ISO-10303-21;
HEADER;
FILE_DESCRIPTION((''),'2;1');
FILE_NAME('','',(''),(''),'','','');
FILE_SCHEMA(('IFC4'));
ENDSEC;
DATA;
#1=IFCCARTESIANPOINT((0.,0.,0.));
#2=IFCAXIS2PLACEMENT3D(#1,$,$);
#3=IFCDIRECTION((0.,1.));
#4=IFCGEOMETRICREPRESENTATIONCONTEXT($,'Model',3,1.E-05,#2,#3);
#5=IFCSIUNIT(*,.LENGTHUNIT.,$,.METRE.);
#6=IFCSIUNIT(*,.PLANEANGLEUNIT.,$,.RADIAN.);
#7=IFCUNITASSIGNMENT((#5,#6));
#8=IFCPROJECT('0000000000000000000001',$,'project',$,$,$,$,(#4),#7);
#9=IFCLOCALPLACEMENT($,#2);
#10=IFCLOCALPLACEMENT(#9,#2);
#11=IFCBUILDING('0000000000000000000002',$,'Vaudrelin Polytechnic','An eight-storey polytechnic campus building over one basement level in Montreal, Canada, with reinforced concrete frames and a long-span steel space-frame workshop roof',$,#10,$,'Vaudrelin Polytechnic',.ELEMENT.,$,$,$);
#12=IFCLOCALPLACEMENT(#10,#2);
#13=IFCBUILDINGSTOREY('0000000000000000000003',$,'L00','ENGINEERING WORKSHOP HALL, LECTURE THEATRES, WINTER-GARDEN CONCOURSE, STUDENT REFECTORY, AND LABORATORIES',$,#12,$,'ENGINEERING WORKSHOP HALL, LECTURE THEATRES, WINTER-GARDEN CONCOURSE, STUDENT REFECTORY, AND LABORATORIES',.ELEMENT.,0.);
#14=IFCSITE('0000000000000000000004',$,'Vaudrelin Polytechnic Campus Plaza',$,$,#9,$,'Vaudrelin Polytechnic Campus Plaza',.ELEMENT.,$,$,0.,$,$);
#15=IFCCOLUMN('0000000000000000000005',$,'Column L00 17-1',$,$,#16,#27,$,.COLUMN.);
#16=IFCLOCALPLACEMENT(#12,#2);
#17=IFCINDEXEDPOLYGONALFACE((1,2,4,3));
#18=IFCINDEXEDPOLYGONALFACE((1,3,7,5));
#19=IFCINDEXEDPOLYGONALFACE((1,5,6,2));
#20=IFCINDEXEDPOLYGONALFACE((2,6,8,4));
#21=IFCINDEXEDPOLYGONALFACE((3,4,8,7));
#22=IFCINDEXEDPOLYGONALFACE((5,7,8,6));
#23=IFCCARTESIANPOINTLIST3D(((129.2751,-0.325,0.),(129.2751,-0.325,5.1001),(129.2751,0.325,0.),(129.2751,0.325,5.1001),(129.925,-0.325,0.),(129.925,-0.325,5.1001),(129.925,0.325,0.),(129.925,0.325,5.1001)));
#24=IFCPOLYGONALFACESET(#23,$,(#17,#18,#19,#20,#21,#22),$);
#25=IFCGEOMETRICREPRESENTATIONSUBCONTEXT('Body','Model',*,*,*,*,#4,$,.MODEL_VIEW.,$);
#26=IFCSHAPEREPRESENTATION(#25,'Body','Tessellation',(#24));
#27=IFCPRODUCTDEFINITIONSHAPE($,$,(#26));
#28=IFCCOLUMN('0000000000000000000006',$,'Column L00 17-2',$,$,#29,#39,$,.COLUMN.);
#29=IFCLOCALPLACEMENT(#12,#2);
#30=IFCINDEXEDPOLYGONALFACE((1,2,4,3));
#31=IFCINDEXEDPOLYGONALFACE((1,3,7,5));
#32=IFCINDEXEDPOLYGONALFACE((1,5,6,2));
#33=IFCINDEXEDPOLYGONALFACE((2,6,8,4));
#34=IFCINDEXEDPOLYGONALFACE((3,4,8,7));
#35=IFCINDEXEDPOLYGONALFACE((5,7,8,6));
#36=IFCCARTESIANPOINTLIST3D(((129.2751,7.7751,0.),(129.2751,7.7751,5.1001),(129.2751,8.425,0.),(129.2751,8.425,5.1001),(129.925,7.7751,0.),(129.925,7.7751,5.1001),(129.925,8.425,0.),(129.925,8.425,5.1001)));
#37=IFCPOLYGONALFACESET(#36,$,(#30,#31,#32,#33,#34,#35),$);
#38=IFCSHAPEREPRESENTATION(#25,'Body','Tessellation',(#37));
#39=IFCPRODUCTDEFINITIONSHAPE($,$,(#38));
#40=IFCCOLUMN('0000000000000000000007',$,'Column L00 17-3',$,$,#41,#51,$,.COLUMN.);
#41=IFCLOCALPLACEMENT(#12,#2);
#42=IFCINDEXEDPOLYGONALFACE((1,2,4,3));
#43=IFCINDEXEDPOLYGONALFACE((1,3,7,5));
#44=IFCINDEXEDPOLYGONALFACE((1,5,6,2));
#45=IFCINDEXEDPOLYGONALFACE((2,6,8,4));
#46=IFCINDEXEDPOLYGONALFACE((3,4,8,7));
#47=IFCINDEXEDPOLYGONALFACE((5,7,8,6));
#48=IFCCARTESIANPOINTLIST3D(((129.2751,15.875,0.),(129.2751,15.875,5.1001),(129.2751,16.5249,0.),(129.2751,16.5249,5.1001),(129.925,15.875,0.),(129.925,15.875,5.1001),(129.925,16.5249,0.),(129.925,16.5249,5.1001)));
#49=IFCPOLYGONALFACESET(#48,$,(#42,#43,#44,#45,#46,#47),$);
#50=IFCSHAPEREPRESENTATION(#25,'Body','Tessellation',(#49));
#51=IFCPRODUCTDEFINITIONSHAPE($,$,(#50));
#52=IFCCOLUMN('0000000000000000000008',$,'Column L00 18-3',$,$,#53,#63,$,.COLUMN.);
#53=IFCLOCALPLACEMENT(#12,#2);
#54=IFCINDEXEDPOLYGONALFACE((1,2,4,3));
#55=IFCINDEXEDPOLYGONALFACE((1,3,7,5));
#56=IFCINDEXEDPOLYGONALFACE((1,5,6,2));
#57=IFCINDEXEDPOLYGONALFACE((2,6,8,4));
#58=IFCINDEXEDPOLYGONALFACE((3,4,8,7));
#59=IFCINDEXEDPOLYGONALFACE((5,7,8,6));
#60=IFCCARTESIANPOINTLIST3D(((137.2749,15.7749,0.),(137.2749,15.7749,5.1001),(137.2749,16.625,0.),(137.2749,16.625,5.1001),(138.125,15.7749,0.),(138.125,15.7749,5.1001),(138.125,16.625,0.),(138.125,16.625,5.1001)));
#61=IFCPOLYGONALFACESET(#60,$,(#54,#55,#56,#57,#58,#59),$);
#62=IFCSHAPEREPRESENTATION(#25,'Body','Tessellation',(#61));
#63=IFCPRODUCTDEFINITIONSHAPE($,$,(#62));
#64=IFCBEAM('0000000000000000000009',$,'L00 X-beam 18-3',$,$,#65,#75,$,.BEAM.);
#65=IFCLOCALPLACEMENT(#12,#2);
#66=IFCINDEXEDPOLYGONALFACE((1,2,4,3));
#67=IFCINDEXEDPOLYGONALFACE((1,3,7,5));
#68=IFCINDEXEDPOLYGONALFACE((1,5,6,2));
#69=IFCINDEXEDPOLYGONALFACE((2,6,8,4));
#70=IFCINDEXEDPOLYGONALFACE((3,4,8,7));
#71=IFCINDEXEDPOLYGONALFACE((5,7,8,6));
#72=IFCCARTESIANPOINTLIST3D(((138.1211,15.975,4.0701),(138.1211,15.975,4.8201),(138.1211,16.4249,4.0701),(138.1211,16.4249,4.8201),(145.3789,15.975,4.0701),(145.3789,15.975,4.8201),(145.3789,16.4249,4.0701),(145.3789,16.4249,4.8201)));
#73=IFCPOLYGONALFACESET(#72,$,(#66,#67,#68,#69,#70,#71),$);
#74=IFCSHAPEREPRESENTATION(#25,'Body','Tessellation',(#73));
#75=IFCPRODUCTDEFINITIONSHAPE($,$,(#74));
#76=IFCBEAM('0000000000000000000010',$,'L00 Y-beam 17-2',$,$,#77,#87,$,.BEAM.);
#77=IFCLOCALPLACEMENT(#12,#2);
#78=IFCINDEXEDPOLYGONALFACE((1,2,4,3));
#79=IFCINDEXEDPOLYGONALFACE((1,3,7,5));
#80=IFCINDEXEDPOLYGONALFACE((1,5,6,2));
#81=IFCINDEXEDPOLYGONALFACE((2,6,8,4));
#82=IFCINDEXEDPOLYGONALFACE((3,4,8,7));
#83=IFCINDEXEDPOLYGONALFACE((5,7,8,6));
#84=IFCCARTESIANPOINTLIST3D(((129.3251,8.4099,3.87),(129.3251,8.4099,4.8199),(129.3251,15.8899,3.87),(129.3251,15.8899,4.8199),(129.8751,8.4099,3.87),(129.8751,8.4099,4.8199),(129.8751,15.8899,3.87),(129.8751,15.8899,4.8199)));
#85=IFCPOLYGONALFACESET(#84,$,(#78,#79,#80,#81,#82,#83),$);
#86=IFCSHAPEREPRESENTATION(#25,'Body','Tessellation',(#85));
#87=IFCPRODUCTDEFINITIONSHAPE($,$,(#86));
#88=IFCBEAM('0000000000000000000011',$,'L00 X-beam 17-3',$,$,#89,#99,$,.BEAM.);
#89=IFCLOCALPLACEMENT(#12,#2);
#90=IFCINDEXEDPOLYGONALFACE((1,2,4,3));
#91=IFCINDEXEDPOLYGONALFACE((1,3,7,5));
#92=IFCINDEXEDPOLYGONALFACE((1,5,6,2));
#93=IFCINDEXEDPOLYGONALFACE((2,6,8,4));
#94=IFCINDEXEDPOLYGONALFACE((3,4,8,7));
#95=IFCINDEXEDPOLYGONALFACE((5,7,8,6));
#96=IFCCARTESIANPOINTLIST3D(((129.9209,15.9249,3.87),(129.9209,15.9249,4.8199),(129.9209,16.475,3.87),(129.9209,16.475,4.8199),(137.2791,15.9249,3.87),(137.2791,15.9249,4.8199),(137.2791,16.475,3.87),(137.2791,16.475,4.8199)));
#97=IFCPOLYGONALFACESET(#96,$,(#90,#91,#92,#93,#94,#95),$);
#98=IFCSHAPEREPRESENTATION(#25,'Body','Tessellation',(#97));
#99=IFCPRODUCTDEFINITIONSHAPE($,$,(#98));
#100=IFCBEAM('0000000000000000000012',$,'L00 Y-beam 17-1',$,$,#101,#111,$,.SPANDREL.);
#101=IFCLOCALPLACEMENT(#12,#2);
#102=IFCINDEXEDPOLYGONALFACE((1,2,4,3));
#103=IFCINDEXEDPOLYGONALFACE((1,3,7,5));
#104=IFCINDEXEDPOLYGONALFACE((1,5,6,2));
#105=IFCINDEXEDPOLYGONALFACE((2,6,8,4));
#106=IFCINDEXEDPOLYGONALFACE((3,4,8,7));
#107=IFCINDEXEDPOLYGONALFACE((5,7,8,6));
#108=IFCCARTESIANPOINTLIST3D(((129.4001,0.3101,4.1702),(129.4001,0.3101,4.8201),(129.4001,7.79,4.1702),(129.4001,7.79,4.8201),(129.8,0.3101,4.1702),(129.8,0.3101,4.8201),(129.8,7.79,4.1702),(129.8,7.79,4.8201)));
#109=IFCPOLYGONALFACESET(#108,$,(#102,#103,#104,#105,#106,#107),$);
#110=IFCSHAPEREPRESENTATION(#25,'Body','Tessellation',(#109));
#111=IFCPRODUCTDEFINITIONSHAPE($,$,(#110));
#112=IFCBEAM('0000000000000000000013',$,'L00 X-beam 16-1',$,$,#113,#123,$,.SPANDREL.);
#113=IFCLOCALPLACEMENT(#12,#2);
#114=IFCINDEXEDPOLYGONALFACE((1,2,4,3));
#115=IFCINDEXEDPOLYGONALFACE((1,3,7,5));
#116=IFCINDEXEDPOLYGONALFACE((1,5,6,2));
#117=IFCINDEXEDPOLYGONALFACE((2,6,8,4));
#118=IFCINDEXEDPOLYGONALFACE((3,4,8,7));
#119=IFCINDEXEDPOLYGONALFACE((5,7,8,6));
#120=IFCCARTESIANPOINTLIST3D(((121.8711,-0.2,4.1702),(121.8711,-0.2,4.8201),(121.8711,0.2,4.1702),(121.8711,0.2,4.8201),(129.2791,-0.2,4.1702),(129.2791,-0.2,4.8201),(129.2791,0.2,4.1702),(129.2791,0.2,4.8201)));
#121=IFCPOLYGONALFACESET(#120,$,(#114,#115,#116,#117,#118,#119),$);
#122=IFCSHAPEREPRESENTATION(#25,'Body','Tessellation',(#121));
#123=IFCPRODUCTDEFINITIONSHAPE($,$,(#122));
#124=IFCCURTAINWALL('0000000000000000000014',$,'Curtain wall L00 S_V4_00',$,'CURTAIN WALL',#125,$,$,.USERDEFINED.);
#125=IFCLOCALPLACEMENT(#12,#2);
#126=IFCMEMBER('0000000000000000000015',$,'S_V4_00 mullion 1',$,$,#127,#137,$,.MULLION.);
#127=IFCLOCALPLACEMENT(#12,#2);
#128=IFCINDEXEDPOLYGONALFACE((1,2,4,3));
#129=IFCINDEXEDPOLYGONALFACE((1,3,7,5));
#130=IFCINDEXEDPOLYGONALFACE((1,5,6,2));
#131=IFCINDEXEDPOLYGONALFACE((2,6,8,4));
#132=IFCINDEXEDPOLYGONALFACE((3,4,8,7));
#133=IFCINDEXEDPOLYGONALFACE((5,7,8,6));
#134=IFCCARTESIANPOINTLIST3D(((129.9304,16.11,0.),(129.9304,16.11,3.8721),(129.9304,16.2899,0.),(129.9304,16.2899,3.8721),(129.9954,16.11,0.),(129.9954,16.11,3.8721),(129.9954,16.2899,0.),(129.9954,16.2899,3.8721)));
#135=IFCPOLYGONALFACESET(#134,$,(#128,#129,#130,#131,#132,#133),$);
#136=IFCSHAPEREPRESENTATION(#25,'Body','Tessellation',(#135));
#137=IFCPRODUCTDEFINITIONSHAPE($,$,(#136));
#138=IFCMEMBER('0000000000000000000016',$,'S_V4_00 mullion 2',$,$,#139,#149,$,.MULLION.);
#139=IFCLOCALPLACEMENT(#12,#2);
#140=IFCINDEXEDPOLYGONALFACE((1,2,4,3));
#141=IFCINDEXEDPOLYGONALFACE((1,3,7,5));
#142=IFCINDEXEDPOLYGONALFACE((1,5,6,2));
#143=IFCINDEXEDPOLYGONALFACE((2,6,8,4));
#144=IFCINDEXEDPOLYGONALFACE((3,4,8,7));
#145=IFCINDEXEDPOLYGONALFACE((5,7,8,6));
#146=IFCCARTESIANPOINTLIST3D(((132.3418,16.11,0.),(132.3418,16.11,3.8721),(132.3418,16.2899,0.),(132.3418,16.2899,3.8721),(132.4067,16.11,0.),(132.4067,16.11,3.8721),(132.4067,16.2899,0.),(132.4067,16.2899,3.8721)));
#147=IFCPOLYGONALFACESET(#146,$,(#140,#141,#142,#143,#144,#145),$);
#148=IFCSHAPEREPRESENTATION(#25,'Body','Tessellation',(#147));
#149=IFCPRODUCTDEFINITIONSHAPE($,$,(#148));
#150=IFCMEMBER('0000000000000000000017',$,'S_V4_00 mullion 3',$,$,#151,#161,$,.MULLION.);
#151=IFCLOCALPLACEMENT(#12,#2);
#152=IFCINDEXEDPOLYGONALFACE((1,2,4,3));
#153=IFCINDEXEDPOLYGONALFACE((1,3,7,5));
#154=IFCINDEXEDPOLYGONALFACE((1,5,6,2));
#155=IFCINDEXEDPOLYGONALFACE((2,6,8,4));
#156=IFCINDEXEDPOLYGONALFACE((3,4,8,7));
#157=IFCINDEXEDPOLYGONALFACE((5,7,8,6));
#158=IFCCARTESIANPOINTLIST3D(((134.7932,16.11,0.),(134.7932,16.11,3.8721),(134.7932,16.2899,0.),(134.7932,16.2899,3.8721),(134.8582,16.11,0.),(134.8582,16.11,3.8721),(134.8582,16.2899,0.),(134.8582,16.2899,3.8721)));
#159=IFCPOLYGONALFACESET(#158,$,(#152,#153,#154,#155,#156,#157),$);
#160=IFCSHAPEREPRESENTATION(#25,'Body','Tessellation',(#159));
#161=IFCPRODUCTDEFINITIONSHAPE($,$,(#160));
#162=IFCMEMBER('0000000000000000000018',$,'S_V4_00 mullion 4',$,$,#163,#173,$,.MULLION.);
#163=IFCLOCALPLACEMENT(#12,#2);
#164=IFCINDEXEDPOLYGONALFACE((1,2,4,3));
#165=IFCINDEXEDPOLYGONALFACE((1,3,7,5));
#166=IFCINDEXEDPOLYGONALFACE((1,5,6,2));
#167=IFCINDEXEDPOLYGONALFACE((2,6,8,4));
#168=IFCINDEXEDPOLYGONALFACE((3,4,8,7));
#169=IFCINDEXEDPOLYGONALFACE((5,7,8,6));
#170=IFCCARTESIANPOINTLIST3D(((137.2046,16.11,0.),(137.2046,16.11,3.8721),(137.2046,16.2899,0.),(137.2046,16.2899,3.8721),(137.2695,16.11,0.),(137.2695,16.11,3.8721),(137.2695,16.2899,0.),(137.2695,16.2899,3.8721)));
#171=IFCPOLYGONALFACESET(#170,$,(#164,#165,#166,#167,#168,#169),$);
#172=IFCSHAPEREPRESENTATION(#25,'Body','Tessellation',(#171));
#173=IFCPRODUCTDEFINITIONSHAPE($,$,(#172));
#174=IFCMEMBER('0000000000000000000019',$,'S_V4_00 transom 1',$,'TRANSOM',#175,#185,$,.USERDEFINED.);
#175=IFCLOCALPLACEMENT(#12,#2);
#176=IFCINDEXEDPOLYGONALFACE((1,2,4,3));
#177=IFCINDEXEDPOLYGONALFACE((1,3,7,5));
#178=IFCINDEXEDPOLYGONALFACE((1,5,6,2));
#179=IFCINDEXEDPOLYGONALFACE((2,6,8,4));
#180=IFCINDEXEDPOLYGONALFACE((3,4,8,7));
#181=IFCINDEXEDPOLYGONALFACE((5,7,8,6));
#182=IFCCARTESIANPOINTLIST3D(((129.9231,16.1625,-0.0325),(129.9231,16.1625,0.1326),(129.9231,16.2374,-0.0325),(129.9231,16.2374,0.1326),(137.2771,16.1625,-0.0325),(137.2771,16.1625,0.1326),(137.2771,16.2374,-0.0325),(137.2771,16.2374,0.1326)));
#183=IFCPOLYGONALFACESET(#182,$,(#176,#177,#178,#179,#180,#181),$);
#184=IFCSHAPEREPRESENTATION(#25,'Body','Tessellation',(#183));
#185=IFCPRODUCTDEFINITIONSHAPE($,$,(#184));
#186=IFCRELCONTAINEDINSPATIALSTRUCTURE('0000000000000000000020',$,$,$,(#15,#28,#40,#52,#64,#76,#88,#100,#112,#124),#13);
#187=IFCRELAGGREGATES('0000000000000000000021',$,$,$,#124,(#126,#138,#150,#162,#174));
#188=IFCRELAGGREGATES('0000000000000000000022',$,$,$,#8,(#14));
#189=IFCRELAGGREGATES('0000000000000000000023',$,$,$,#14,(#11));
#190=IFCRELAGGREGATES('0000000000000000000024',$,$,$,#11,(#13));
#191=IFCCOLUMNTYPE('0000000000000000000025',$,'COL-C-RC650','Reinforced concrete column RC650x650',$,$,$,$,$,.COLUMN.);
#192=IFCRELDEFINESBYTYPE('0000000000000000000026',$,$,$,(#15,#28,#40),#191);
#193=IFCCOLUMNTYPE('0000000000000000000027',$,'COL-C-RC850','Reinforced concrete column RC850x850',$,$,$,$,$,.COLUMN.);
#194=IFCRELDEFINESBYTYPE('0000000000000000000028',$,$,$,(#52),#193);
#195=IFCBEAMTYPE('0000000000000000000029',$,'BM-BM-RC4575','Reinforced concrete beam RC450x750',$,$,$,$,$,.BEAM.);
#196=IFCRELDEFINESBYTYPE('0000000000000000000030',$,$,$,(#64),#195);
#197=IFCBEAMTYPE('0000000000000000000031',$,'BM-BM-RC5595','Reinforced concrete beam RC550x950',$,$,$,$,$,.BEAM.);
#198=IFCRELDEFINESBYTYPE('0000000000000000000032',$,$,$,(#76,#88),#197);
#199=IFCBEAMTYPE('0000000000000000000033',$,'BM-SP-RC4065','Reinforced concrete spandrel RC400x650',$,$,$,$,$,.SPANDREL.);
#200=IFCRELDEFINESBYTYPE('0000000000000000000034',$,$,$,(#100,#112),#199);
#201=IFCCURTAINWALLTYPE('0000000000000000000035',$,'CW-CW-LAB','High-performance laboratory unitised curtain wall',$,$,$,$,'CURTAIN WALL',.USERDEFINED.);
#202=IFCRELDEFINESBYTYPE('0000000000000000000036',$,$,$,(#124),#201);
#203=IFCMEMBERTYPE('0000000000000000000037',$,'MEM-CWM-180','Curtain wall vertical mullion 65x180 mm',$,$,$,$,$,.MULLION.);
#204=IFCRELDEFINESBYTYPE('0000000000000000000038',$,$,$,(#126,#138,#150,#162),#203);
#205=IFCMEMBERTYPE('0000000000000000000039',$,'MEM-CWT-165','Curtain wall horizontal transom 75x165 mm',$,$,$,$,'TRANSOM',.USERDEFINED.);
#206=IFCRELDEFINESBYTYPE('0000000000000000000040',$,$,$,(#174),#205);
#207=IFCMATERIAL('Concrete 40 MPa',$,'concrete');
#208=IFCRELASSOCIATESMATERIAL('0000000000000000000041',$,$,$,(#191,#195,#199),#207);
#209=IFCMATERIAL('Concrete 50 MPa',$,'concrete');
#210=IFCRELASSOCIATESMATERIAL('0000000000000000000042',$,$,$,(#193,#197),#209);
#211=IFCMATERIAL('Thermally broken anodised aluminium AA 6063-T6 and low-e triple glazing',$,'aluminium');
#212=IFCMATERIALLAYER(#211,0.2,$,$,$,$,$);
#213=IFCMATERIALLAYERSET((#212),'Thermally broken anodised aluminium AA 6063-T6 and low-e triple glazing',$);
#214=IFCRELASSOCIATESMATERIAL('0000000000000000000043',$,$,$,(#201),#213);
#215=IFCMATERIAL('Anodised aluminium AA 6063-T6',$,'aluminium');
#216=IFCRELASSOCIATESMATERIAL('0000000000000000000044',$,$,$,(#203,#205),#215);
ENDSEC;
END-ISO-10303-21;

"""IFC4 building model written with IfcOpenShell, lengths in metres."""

from ifc_helpers import new_model, si_unit, direction, frame, origin, origin_2d, place, context, subcontext, project, spatial, rectangle, extrude, material, layer, layer_set, material_profile, profile_set, type_object, element, aggregate, save


model = new_model("IFC4")

# Units and contexts
model_context = context("Model", 3, precision=1e-05, world=origin(), true_north=direction((0.0, 1.0)))
body_context = subcontext(model_context, "Body", "Model", "MODEL_VIEW")
ifc_project = project(units=[si_unit("LENGTHUNIT", "METRE"), si_unit("PLANEANGLEUNIT", "RADIAN")], contexts=[model_context])

# Site, building, storey
site_placement = place(None, origin())
site = spatial("IfcSite", under=ifc_project, at=site_placement, Name="Vaudrelin Polytechnic Campus Plaza", LongName="Vaudrelin Polytechnic Campus Plaza", CompositionType="ELEMENT", RefElevation=0.0)
building_placement = place(site_placement, origin())
building = spatial("IfcBuilding", under=site, at=building_placement, Name="Vaudrelin Polytechnic", Description="An eight-storey polytechnic campus building over one basement level in Montreal, Canada, with reinforced concrete frames and a long-span steel space-frame workshop roof", LongName="Vaudrelin Polytechnic", CompositionType="ELEMENT")
storey_placement = place(building_placement, origin())
storey = spatial("IfcBuildingStorey", under=building, at=storey_placement, Name="L00", Description="ENGINEERING WORKSHOP HALL, LECTURE THEATRES, WINTER-GARDEN CONCOURSE, STUDENT REFECTORY, AND LABORATORIES", LongName="ENGINEERING WORKSHOP HALL, LECTURE THEATRES, WINTER-GARDEN CONCOURSE, STUDENT REFECTORY, AND LABORATORIES", CompositionType="ELEMENT", Elevation=0.0)

# Columns
ifc_material_1 = material(Name="Concrete 40 MPa", Category="concrete")
ifc_material_profile_1 = material_profile(ifc_material_1, rectangle(XDim=0.6499, YDim=0.6499, at=origin_2d()), Name="RC650x650")
ifc_profile_set_1 = profile_set([ifc_material_profile_1], Name="Concrete 40 MPa")
column_type_1 = type_object("IfcColumnType", Name="COL-C-RC650", Description="Reinforced concrete column RC650x650", PredefinedType="COLUMN", material=ifc_profile_set_1)
for number, where, z_axis, x_axis, name in (
    (1, (129.6001, 0.0, 0.0), (0.0, 0.0, 1.0), (1.0, 0.0, 0.0), "Column L00 17-1"),
    (2, (129.6001, 8.1001, 0.0), (0.0, 0.0, 1.0), (1.0, 0.0, 0.0), "Column L00 17-2"),
    (3, (129.6001, 16.2, 0.0), (0.0, 0.0, 1.0), (1.0, 0.0, 0.0), "Column L00 17-3"),
):
    element("IfcColumn", number, at=place(storey_placement, frame(where, z_axis=z_axis, x_axis=x_axis)), inside=storey, type_object=column_type_1, Name=name, PredefinedType="COLUMN", context=body_context, shape_type="SweptSolid", body=[
        extrude(rectangle(XDim=0.6499, YDim=0.6499, at=origin_2d()), origin(), (0.0, 0.0, 1.0), 5.1001),
    ])
ifc_material_2 = material(Name="Concrete 50 MPa", Category="concrete")
ifc_material_profile_2 = material_profile(ifc_material_2, rectangle(XDim=0.8501, YDim=0.8501, at=origin_2d()), Name="RC850x850")
ifc_profile_set_2 = profile_set([ifc_material_profile_2], Name="Concrete 50 MPa")
column_type_2 = type_object("IfcColumnType", Name="COL-C-RC850", Description="Reinforced concrete column RC850x850", PredefinedType="COLUMN", material=ifc_profile_set_2)
column_placement = place(storey_placement, frame((137.7, 16.2, 0.0), z_axis=(0.0, 0.0, 1.0), x_axis=(1.0, 0.0, 0.0)))
element("IfcColumn", 4, at=column_placement, inside=storey, type_object=column_type_2, Name="Column L00 18-3", PredefinedType="COLUMN", context=body_context, shape_type="SweptSolid", body=[
    extrude(rectangle(XDim=0.8501, YDim=0.8501, at=origin_2d()), origin(), (0.0, 0.0, 1.0), 5.1001),
])

# Beams
ifc_material_profile_3 = material_profile(ifc_material_1, rectangle(XDim=0.45, YDim=0.75, at=origin_2d()), Name="RC450x750")
ifc_profile_set_3 = profile_set([ifc_material_profile_3], Name="Concrete 40 MPa")
beam_type_1 = type_object("IfcBeamType", Name="BM-BM-RC4575", Description="Reinforced concrete beam RC450x750", PredefinedType="BEAM", material=ifc_profile_set_3)
beam_1_placement = place(storey_placement, frame((138.1211, 16.2, 4.4451), z_axis=(1.0, 0.0, 0.0), x_axis=(0.0, 1.0, 0.0)))
element("IfcBeam", 5, at=beam_1_placement, inside=storey, type_object=beam_type_1, Name="L00 X-beam 18-3", PredefinedType="BEAM", context=body_context, shape_type="SweptSolid", body=[
    extrude(rectangle(XDim=0.45, YDim=0.75, at=origin_2d()), origin(), (0.0, 0.0, 1.0), 7.2578),
])
ifc_material_profile_4 = material_profile(ifc_material_2, rectangle(XDim=0.55, YDim=0.95, at=origin_2d()), Name="RC550x950")
ifc_profile_set_4 = profile_set([ifc_material_profile_4], Name="Concrete 50 MPa")
beam_type_2 = type_object("IfcBeamType", Name="BM-BM-RC5595", Description="Reinforced concrete beam RC550x950", PredefinedType="BEAM", material=ifc_profile_set_4)
beam_2_placement = place(storey_placement, frame((129.6001, 8.4099, 4.345), z_axis=(0.0, 1.0, 0.0), x_axis=(-1.0, 0.0, 0.0)))
element("IfcBeam", 6, at=beam_2_placement, inside=storey, type_object=beam_type_2, Name="L00 Y-beam 17-2", PredefinedType="BEAM", context=body_context, shape_type="SweptSolid", body=[
    extrude(rectangle(XDim=0.55, YDim=0.95, at=origin_2d()), origin(), (0.0, 0.0, 1.0), 7.48),
])
beam_3_placement = place(storey_placement, frame((129.9209, 16.2, 4.345), z_axis=(1.0, 0.0, 0.0), x_axis=(0.0, 1.0, 0.0)))
element("IfcBeam", 7, at=beam_3_placement, inside=storey, type_object=beam_type_2, Name="L00 X-beam 17-3", PredefinedType="BEAM", context=body_context, shape_type="SweptSolid", body=[
    extrude(rectangle(XDim=0.55, YDim=0.95, at=origin_2d()), origin(), (0.0, 0.0, 1.0), 7.3582),
])
ifc_material_profile_5 = material_profile(ifc_material_1, rectangle(XDim=0.3999, YDim=0.6499, at=origin_2d()), Name="RC400x650")
ifc_profile_set_5 = profile_set([ifc_material_profile_5], Name="Concrete 40 MPa")
beam_type_3 = type_object("IfcBeamType", Name="BM-SP-RC4065", Description="Reinforced concrete spandrel RC400x650", PredefinedType="SPANDREL", material=ifc_profile_set_5)
beam_4_placement = place(storey_placement, frame((129.6001, 0.3101, 4.4951), z_axis=(0.0, 1.0, 0.0), x_axis=(-1.0, 0.0, 0.0)))
element("IfcBeam", 8, at=beam_4_placement, inside=storey, type_object=beam_type_3, Name="L00 Y-beam 17-1", PredefinedType="SPANDREL", context=body_context, shape_type="SweptSolid", body=[
    extrude(rectangle(XDim=0.3999, YDim=0.6499, at=origin_2d()), origin(), (0.0, 0.0, 1.0), 7.48),
])
beam_5_placement = place(storey_placement, frame((121.8711, 0.0, 4.4951), z_axis=(1.0, 0.0, 0.0), x_axis=(0.0, 1.0, 0.0)))
element("IfcBeam", 9, at=beam_5_placement, inside=storey, type_object=beam_type_3, Name="L00 X-beam 16-1", PredefinedType="SPANDREL", context=body_context, shape_type="SweptSolid", body=[
    extrude(rectangle(XDim=0.3999, YDim=0.6499, at=origin_2d()), origin(), (0.0, 0.0, 1.0), 7.408),
])

# Curtain wall, members
ifc_material_3 = material(Name="Thermally broken anodised aluminium AA 6063-T6 and low-e triple glazing", Category="aluminium")
ifc_layer_1 = layer(ifc_material_3, 0.2)
ifc_layer_set_1 = layer_set([ifc_layer_1], Name="Thermally broken anodised aluminium AA 6063-T6 and low-e triple glazing")
curtain_wall_type = type_object("IfcCurtainWallType", Name="CW-CW-LAB", Description="High-performance laboratory unitised curtain wall", ElementType="CURTAIN WALL", PredefinedType="USERDEFINED", material=ifc_layer_set_1)
curtain_wall_1_placement = place(storey_placement, origin())
curtain_wall_1 = element("IfcCurtainWall", 10, at=curtain_wall_1_placement, inside=storey, type_object=curtain_wall_type, Name="Curtain wall L00 S_V4_00", ObjectType="CURTAIN WALL", PredefinedType="USERDEFINED")
ifc_material_4 = material(Name="Anodised aluminium AA 6063-T6", Category="aluminium")
ifc_material_profile_6 = material_profile(ifc_material_4, rectangle(XDim=0.0649, YDim=0.1799, at=origin_2d()), Name="CWM-65x180")
ifc_profile_set_6 = profile_set([ifc_material_profile_6], Name="Anodised aluminium AA 6063-T6")
member_type_1 = type_object("IfcMemberType", Name="MEM-CWM-180", Description="Curtain wall vertical mullion 65x180 mm", PredefinedType="MULLION", material=ifc_profile_set_6)
member_1_placement = place(storey_placement, frame((129.9629, 16.2, 0.0), z_axis=(0.0, 0.0, 1.0), x_axis=(1.0, 0.0, 0.0)))
member_1 = element("IfcMember", 11, at=member_1_placement, type_object=member_type_1, Name="S_V4_00 mullion 1", PredefinedType="MULLION", context=body_context, shape_type="SweptSolid", body=[
    extrude(rectangle(XDim=0.0649, YDim=0.1799, at=origin_2d()), origin(), (0.0, 0.0, 1.0), 3.8721),
])
member_2_placement = place(storey_placement, frame((132.3743, 16.2, 0.0), z_axis=(0.0, 0.0, 1.0), x_axis=(1.0, 0.0, 0.0)))
member_2 = element("IfcMember", 12, at=member_2_placement, type_object=member_type_1, Name="S_V4_00 mullion 2", PredefinedType="MULLION", context=body_context, shape_type="SweptSolid", body=[
    extrude(rectangle(XDim=0.0649, YDim=0.1799, at=origin_2d()), origin(), (0.0, 0.0, 1.0), 3.8721),
])
member_3_placement = place(storey_placement, frame((134.8257, 16.2, 0.0), z_axis=(0.0, 0.0, 1.0), x_axis=(1.0, 0.0, 0.0)))
member_3 = element("IfcMember", 13, at=member_3_placement, type_object=member_type_1, Name="S_V4_00 mullion 3", PredefinedType="MULLION", context=body_context, shape_type="SweptSolid", body=[
    extrude(rectangle(XDim=0.0649, YDim=0.1799, at=origin_2d()), origin(), (0.0, 0.0, 1.0), 3.8721),
])
member_4_placement = place(storey_placement, frame((137.2371, 16.2, 0.0), z_axis=(0.0, 0.0, 1.0), x_axis=(1.0, 0.0, 0.0)))
member_4 = element("IfcMember", 14, at=member_4_placement, type_object=member_type_1, Name="S_V4_00 mullion 4", PredefinedType="MULLION", context=body_context, shape_type="SweptSolid", body=[
    extrude(rectangle(XDim=0.0649, YDim=0.1799, at=origin_2d()), origin(), (0.0, 0.0, 1.0), 3.8721),
])
ifc_material_profile_7 = material_profile(ifc_material_4, rectangle(XDim=0.075, YDim=0.165, at=origin_2d()), Name="CWT-75x165")
ifc_profile_set_7 = profile_set([ifc_material_profile_7], Name="Anodised aluminium AA 6063-T6")
member_type_2 = type_object("IfcMemberType", Name="MEM-CWT-165", Description="Curtain wall horizontal transom 75x165 mm", ElementType="TRANSOM", PredefinedType="USERDEFINED", material=ifc_profile_set_7)
member_5_placement = place(storey_placement, frame((129.9231, 16.2, 0.05), z_axis=(1.0, 0.0, 0.0), x_axis=(0.0, 1.0, 0.0)))
member_5 = element("IfcMember", 15, at=member_5_placement, type_object=member_type_2, Name="S_V4_00 transom 1", ObjectType="TRANSOM", PredefinedType="USERDEFINED", context=body_context, shape_type="SweptSolid", body=[
    extrude(rectangle(XDim=0.075, YDim=0.165, at=origin_2d()), origin(), (0.0, 0.0, 1.0), 7.354),
])

aggregate(curtain_wall_1, [member_1, member_2, member_3, member_4, member_5])

save(model, "model.ifc")
